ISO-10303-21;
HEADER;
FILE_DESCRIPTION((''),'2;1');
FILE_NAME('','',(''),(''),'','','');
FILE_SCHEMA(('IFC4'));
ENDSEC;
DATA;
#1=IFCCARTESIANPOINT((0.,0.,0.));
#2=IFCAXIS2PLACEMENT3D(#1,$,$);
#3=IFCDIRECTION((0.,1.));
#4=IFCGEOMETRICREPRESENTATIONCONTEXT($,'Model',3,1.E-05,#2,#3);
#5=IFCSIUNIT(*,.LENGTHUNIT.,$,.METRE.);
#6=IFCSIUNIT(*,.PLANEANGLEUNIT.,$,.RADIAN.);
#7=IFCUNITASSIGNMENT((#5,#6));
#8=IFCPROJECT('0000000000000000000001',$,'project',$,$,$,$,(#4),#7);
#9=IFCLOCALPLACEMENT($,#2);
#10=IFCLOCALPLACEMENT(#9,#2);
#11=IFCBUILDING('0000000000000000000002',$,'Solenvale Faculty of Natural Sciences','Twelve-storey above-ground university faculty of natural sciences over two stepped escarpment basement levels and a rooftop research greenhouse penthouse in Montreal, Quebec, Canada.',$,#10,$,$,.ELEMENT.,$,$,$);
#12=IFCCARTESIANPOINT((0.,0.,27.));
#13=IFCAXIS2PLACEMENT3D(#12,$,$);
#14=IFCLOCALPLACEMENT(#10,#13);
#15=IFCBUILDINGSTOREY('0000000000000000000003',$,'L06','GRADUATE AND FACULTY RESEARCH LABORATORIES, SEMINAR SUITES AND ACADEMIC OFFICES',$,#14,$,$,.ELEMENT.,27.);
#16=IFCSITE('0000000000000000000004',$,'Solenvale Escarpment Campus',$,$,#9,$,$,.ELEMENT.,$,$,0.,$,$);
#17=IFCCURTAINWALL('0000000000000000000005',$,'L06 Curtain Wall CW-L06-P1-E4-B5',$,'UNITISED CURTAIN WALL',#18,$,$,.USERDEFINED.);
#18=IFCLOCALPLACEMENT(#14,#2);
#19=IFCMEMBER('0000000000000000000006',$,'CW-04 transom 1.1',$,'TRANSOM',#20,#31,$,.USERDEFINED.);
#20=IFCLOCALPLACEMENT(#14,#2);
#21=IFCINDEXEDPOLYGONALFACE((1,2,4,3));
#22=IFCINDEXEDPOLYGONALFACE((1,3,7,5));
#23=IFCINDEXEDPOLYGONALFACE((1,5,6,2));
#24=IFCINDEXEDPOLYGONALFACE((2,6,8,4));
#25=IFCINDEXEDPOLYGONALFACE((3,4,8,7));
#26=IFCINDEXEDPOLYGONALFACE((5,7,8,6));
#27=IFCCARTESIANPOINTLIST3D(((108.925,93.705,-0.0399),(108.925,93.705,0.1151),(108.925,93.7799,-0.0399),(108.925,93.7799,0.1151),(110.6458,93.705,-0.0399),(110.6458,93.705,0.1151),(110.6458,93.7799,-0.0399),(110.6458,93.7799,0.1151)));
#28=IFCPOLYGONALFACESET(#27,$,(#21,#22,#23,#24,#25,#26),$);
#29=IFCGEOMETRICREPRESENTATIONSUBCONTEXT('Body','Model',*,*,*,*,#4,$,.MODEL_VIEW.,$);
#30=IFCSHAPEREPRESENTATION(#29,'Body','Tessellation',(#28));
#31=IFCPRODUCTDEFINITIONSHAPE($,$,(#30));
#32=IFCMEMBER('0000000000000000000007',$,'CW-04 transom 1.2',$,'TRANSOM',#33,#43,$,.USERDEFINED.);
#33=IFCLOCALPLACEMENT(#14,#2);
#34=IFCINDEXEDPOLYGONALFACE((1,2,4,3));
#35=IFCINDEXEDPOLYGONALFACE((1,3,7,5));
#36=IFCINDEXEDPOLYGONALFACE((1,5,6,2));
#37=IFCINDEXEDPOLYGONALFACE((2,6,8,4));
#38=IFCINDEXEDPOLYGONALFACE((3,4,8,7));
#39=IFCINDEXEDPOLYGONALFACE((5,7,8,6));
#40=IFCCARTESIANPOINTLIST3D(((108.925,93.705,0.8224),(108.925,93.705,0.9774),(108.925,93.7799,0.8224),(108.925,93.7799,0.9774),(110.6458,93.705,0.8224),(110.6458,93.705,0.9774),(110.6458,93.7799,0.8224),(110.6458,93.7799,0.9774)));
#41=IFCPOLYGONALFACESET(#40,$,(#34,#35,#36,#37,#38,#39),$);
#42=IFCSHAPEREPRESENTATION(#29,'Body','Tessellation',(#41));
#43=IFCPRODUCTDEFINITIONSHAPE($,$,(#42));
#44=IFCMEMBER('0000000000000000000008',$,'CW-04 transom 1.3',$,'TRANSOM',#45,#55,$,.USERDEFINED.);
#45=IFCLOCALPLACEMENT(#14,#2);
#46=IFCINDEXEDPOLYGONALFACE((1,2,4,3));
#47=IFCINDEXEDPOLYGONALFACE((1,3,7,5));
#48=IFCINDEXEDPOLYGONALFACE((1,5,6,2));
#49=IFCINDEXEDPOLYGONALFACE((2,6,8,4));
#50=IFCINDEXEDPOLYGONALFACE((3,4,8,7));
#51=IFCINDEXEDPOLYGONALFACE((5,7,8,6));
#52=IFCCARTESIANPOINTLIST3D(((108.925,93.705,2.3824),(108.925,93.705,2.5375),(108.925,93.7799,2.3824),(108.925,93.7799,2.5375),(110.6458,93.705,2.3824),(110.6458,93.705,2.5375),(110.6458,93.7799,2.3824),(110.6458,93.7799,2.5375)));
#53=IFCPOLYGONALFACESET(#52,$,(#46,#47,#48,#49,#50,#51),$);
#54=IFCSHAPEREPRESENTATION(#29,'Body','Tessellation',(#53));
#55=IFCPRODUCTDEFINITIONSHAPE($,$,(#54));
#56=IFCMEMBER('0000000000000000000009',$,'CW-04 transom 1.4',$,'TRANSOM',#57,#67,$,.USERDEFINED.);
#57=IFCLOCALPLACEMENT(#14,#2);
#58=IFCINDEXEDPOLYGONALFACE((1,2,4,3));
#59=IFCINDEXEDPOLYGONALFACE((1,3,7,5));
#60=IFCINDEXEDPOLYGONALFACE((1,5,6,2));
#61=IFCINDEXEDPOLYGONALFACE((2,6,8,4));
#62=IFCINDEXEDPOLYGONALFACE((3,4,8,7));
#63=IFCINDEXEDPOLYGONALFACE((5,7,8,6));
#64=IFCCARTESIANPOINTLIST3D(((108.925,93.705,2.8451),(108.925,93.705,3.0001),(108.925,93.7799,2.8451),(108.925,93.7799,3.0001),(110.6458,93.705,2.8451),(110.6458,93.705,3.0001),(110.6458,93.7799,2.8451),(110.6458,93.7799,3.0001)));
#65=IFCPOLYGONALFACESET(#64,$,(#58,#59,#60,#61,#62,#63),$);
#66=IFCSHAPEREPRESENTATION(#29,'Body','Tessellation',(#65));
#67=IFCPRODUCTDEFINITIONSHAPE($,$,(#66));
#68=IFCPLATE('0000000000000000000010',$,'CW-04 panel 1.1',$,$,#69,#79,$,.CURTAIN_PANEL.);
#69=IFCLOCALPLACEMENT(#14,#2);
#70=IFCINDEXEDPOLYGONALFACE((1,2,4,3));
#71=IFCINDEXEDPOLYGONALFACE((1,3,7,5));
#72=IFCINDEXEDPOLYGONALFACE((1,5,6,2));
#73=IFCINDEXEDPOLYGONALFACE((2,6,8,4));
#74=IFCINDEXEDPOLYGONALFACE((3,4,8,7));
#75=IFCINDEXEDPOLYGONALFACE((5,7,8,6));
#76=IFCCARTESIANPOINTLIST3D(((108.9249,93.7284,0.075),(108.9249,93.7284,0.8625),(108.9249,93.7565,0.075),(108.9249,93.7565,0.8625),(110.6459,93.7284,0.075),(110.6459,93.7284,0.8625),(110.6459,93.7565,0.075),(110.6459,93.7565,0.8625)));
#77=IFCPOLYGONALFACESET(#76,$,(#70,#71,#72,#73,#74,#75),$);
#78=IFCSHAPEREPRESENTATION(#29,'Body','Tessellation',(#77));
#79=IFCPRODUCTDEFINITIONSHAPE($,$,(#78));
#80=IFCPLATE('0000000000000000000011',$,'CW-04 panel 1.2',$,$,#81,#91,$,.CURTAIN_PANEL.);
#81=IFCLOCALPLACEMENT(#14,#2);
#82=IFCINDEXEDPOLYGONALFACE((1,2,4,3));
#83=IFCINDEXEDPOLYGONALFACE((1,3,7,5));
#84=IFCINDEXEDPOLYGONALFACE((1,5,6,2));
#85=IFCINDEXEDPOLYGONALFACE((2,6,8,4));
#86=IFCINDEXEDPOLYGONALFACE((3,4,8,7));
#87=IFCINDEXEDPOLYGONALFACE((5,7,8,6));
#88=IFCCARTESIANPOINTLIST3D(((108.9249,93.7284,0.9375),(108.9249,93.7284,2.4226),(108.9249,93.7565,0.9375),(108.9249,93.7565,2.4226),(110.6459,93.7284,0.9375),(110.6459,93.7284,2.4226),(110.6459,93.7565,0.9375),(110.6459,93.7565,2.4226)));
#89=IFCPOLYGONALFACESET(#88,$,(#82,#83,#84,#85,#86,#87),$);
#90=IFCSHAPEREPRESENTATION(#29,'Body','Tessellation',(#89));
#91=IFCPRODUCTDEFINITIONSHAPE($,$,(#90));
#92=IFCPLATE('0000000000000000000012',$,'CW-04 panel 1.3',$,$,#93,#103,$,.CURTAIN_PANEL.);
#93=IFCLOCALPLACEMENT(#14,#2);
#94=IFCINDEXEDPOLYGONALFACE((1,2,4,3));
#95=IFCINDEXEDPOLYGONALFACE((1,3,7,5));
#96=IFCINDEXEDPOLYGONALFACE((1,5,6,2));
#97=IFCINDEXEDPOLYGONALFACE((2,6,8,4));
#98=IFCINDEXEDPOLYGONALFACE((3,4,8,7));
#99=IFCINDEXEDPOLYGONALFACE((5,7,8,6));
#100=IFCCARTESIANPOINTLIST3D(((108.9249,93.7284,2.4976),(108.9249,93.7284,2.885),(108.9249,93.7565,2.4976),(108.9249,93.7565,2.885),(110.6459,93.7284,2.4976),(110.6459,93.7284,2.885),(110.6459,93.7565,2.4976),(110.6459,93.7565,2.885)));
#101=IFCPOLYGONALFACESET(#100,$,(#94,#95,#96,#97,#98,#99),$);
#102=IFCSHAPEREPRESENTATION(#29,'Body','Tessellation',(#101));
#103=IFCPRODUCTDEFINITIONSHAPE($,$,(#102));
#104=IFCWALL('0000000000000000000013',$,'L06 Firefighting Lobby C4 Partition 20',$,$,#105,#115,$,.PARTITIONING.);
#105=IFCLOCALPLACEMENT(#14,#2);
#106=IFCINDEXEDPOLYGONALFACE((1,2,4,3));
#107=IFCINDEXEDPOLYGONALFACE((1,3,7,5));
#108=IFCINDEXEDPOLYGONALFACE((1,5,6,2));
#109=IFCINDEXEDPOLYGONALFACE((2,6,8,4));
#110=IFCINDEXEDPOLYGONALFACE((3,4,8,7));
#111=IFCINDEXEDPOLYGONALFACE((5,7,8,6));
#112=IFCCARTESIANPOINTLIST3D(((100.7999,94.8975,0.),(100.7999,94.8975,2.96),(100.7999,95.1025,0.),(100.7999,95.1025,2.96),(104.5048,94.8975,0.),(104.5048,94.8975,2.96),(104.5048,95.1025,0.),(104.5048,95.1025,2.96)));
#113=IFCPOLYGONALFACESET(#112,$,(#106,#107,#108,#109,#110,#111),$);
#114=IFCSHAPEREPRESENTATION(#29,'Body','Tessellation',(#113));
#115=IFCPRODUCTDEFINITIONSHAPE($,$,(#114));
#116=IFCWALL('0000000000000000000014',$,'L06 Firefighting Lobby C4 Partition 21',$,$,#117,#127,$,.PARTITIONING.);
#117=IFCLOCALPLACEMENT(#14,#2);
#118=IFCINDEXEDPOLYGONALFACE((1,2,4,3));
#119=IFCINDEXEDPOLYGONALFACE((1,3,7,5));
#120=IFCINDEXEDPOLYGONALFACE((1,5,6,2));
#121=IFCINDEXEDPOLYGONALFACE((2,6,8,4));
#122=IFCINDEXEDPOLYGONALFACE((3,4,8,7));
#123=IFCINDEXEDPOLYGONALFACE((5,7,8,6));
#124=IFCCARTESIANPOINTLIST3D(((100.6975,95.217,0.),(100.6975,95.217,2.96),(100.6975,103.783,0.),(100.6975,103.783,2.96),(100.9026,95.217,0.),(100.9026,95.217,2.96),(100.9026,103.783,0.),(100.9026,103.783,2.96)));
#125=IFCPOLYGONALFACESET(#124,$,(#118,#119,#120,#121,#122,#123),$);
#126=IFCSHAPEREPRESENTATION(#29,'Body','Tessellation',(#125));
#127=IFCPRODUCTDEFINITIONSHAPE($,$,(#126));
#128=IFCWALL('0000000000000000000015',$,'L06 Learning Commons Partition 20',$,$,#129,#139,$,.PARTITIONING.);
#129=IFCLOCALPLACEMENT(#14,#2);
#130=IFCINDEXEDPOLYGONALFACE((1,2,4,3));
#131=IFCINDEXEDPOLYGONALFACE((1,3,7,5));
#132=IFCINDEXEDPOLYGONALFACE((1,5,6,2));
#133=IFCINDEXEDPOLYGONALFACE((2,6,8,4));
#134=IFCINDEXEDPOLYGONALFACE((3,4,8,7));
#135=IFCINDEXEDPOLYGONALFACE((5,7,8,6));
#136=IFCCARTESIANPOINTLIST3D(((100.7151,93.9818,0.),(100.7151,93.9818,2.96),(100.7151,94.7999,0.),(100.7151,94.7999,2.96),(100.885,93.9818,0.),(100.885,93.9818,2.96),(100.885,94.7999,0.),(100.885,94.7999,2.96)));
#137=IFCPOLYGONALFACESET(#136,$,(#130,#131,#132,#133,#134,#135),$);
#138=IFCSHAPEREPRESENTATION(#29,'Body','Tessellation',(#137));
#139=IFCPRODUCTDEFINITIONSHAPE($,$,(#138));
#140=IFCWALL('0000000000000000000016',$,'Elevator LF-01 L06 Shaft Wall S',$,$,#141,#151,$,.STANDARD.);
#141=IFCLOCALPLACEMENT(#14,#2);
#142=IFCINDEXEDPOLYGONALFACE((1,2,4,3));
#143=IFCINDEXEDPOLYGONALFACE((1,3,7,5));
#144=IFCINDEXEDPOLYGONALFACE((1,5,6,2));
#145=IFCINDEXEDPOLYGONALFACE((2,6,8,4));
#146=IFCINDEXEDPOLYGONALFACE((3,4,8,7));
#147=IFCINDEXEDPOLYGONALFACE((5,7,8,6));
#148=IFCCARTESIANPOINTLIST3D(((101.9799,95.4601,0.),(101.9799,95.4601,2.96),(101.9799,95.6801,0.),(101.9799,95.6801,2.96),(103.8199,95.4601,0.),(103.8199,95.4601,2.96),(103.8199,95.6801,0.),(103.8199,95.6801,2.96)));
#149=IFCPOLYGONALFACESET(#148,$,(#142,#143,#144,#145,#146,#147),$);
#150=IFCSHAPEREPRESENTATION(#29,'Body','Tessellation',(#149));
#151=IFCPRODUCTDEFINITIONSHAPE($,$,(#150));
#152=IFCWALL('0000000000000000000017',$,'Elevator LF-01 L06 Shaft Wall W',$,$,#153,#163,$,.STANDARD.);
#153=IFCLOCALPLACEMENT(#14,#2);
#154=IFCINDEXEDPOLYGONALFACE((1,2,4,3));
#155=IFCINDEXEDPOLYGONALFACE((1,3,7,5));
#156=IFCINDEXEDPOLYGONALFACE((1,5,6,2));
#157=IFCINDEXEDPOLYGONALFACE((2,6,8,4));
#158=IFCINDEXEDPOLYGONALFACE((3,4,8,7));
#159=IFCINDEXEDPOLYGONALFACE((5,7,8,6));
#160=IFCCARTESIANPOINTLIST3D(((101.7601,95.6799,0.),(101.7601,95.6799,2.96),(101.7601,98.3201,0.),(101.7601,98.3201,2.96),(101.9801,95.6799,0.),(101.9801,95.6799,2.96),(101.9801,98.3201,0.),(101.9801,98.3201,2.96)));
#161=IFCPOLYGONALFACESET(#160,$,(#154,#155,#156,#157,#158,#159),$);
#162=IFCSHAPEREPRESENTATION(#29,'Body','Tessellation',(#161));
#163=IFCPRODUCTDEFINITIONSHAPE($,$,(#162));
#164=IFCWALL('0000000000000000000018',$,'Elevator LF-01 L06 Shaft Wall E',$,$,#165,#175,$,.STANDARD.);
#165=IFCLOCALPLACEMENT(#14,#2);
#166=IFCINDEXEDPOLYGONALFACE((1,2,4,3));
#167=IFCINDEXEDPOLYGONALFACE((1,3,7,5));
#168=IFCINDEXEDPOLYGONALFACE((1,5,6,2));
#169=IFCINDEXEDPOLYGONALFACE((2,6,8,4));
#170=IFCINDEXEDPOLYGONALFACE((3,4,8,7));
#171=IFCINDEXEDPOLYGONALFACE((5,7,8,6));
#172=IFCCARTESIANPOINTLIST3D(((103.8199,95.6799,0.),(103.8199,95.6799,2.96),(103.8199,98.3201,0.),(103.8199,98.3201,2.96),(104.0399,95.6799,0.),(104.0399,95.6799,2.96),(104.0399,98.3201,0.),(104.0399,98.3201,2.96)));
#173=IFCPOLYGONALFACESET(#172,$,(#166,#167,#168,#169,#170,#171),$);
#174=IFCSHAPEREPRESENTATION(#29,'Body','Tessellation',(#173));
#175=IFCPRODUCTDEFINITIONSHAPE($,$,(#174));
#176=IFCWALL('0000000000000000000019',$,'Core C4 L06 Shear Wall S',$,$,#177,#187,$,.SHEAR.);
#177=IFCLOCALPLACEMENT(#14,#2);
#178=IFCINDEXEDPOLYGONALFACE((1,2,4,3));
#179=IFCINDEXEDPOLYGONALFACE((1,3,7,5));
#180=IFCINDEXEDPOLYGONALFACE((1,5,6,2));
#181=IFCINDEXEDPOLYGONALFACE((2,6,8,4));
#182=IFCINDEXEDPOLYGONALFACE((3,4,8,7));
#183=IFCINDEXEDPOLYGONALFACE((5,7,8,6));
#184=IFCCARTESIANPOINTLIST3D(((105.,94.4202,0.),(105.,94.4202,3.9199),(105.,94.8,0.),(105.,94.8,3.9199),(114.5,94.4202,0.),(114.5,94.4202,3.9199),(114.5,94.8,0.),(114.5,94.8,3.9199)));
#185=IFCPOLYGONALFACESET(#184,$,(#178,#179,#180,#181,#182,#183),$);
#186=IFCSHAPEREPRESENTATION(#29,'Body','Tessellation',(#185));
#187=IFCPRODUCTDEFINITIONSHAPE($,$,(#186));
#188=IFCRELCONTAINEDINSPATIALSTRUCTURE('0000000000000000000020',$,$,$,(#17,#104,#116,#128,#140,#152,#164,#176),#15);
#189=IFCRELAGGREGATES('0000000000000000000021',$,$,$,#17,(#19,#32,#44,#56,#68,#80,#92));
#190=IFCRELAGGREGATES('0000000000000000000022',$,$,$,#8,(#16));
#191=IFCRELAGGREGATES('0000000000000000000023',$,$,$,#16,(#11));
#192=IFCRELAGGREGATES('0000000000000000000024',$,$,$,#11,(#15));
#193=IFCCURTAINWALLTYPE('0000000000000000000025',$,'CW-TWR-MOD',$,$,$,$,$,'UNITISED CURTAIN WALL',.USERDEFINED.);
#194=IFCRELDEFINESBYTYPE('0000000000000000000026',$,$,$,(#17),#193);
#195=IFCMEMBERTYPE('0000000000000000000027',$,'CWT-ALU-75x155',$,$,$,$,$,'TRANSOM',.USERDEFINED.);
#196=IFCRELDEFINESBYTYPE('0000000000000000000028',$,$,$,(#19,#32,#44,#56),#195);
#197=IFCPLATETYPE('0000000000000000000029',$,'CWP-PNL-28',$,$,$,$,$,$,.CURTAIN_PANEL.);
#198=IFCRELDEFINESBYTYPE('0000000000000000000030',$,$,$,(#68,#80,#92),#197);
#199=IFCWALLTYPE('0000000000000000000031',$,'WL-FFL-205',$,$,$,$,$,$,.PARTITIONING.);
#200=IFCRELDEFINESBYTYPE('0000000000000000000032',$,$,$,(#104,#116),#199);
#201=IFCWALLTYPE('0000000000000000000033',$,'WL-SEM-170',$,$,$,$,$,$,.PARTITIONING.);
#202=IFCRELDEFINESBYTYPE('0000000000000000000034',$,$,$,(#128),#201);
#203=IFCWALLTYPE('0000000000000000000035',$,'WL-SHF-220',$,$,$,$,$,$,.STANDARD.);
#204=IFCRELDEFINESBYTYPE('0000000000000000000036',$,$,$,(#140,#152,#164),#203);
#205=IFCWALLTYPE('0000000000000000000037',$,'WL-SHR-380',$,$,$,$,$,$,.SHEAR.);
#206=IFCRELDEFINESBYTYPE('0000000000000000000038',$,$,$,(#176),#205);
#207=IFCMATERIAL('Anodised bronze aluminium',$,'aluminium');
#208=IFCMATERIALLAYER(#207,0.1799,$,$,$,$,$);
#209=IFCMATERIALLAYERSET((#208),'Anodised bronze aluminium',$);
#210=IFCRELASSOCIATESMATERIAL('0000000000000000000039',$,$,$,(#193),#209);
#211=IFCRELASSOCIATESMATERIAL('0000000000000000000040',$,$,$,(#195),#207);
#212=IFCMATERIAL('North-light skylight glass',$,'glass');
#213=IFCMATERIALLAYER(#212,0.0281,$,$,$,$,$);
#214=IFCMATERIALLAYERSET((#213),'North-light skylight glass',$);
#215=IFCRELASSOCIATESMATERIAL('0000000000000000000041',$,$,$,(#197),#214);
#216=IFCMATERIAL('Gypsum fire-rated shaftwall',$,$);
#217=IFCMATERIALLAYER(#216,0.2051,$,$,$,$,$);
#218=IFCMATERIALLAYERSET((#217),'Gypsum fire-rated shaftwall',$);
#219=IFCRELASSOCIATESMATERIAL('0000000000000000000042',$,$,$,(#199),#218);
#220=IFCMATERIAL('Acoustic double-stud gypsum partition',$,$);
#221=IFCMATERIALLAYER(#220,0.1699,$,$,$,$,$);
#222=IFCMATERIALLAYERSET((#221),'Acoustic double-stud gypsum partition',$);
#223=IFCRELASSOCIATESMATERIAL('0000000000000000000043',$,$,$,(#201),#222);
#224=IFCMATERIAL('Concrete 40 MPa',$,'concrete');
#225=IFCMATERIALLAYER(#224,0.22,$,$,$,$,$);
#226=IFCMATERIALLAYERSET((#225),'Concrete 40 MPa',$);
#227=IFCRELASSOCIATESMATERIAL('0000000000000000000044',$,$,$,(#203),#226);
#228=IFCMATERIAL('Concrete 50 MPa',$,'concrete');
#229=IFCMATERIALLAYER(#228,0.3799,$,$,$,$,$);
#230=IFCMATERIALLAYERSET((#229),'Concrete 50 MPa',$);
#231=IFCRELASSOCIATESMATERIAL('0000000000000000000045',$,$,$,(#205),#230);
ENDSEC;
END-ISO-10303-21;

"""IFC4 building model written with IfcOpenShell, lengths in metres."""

from ifc_helpers import new_model, si_unit, direction, frame, frame_2d, origin, origin_2d, place, context, subcontext, project, spatial, rectangle, extrude, material, layer, layer_set, material_profile, profile_set, type_object, element, aggregate, save


model = new_model("IFC4")

# Units and contexts
model_context = context("Model", 3, precision=1e-05, world=origin(), true_north=direction((0.0, 1.0)))
body_context = subcontext(model_context, "Body", "Model", "MODEL_VIEW")
ifc_project = project(units=[si_unit("LENGTHUNIT", "METRE"), si_unit("PLANEANGLEUNIT", "RADIAN")], contexts=[model_context])

# Site, building, storey
site_placement = place(None, origin())
site = spatial("IfcSite", under=ifc_project, at=site_placement, Name="Solenvale Escarpment Campus", CompositionType="ELEMENT", RefElevation=0.0)
building_placement = place(site_placement, origin())
building = spatial("IfcBuilding", under=site, at=building_placement, Name="Solenvale Faculty of Natural Sciences", Description="Twelve-storey above-ground university faculty of natural sciences over two stepped escarpment basement levels and a rooftop research greenhouse penthouse in Montreal, Quebec, Canada.", CompositionType="ELEMENT")
storey_placement = place(building_placement, frame((0.0, 0.0, 27.0)))
storey = spatial("IfcBuildingStorey", under=building, at=storey_placement, Name="L06", Description="GRADUATE AND FACULTY RESEARCH LABORATORIES, SEMINAR SUITES AND ACADEMIC OFFICES", CompositionType="ELEMENT", Elevation=27.0)

# Shared definitions
ifc_material_1 = material(Name="Concrete 40 MPa", Category="concrete")

# Curtain wall, members, plates
ifc_material_2 = material(Name="Anodised bronze aluminium", Category="aluminium")
ifc_layer_1 = layer(ifc_material_2, 0.1799)
ifc_layer_set_1 = layer_set([ifc_layer_1], Name="Anodised bronze aluminium")
curtain_wall_type = type_object("IfcCurtainWallType", Name="CW-TWR-MOD", ElementType="UNITISED CURTAIN WALL", PredefinedType="USERDEFINED", material=ifc_layer_set_1)
curtain_wall_placement = place(storey_placement, origin())
curtain_wall = element("IfcCurtainWall", 1, at=curtain_wall_placement, inside=storey, type_object=curtain_wall_type, Name="L06 Curtain Wall CW-L06-P1-E4-B5", ObjectType="UNITISED CURTAIN WALL", PredefinedType="USERDEFINED")
ifc_material_profile_1 = material_profile(ifc_material_2, rectangle(XDim=0.075, YDim=0.155, at=origin_2d()), Name="ALU-TRN-75x155")
ifc_profile_set_1 = profile_set([ifc_material_profile_1], Name="Anodised bronze aluminium")
member_type = type_object("IfcMemberType", Name="CWT-ALU-75x155", ElementType="TRANSOM", PredefinedType="USERDEFINED", material=ifc_profile_set_1)
member_1_placement = place(storey_placement, frame((108.925, 93.7424, 0.0376), z_axis=(1.0, 0.0, 0.0), x_axis=(0.0, 1.0, 0.0)))
member_1 = element("IfcMember", 2, at=member_1_placement, type_object=member_type, Name="CW-04 transom 1.1", ObjectType="TRANSOM", PredefinedType="USERDEFINED", context=body_context, shape_type="SweptSolid", body=[
    extrude(rectangle(XDim=0.075, YDim=0.155, at=origin_2d()), origin(), (0.0, 0.0, 1.0), 1.7207),
])
member_2_placement = place(storey_placement, frame((108.925, 93.7424, 0.8999), z_axis=(1.0, 0.0, 0.0), x_axis=(0.0, 1.0, 0.0)))
member_2 = element("IfcMember", 3, at=member_2_placement, type_object=member_type, Name="CW-04 transom 1.2", ObjectType="TRANSOM", PredefinedType="USERDEFINED", context=body_context, shape_type="SweptSolid", body=[
    extrude(rectangle(XDim=0.075, YDim=0.155, at=origin_2d()), origin(), (0.0, 0.0, 1.0), 1.7207),
])
member_3_placement = place(storey_placement, frame((108.925, 93.7424, 2.46), z_axis=(1.0, 0.0, 0.0), x_axis=(0.0, 1.0, 0.0)))
member_3 = element("IfcMember", 4, at=member_3_placement, type_object=member_type, Name="CW-04 transom 1.3", ObjectType="TRANSOM", PredefinedType="USERDEFINED", context=body_context, shape_type="SweptSolid", body=[
    extrude(rectangle(XDim=0.075, YDim=0.155, at=origin_2d()), origin(), (0.0, 0.0, 1.0), 1.7207),
])
member_4_placement = place(storey_placement, frame((108.925, 93.7424, 2.9226), z_axis=(1.0, 0.0, 0.0), x_axis=(0.0, 1.0, 0.0)))
member_4 = element("IfcMember", 5, at=member_4_placement, type_object=member_type, Name="CW-04 transom 1.4", ObjectType="TRANSOM", PredefinedType="USERDEFINED", context=body_context, shape_type="SweptSolid", body=[
    extrude(rectangle(XDim=0.075, YDim=0.155, at=origin_2d()), origin(), (0.0, 0.0, 1.0), 1.7207),
])
ifc_material_3 = material(Name="North-light skylight glass", Category="glass")
ifc_layer_2 = layer(ifc_material_3, 0.0281)
ifc_layer_set_2 = layer_set([ifc_layer_2], Name="North-light skylight glass")
plate_type = type_object("IfcPlateType", Name="CWP-PNL-28", PredefinedType="CURTAIN_PANEL", material=ifc_layer_set_2)
plate_1_placement = place(storey_placement, frame((109.7854, 93.7424, 0.075), z_axis=(0.0, 0.0, 1.0), x_axis=(1.0, 0.0, 0.0)))
plate_1 = element("IfcPlate", 6, at=plate_1_placement, type_object=plate_type, Name="CW-04 panel 1.1", PredefinedType="CURTAIN_PANEL", context=body_context, shape_type="SweptSolid", body=[
    extrude(rectangle(XDim=1.7209, YDim=0.0281, at=origin_2d()), origin(), (0.0, 0.0, 1.0), 0.7876),
])
plate_2_placement = place(storey_placement, frame((109.7854, 93.7424, 0.9375), z_axis=(0.0, 0.0, 1.0), x_axis=(1.0, 0.0, 0.0)))
plate_2 = element("IfcPlate", 7, at=plate_2_placement, type_object=plate_type, Name="CW-04 panel 1.2", PredefinedType="CURTAIN_PANEL", context=body_context, shape_type="SweptSolid", body=[
    extrude(rectangle(XDim=1.7209, YDim=0.0281, at=origin_2d()), origin(), (0.0, 0.0, 1.0), 1.4851),
])
plate_3_placement = place(storey_placement, frame((109.7854, 93.7424, 2.4976), z_axis=(0.0, 0.0, 1.0), x_axis=(1.0, 0.0, 0.0)))
plate_3 = element("IfcPlate", 8, at=plate_3_placement, type_object=plate_type, Name="CW-04 panel 1.3", PredefinedType="CURTAIN_PANEL", context=body_context, shape_type="SweptSolid", body=[
    extrude(rectangle(XDim=1.7209, YDim=0.0281, at=origin_2d()), origin(), (0.0, 0.0, 1.0), 0.3875),
])
aggregate(curtain_wall, [member_1, member_2, member_3, member_4, plate_1, plate_2, plate_3])

# Walls
ifc_material_4 = material(Name="Gypsum fire-rated shaftwall")
ifc_layer_3 = layer(ifc_material_4, 0.2051)
ifc_layer_set_3 = layer_set([ifc_layer_3], Name="Gypsum fire-rated shaftwall")
wall_type_1 = type_object("IfcWallType", Name="WL-FFL-205", PredefinedType="PARTITIONING", material=ifc_layer_set_3)
wall_1_placement = place(storey_placement, frame((104.5049, 95.0, 0.0), z_axis=(0.0, 0.0, 1.0), x_axis=(-1.0, 0.0, 0.0)))
element("IfcWall", 9, at=wall_1_placement, inside=storey, type_object=wall_type_1, Name="L06 Firefighting Lobby C4 Partition 20", PredefinedType="PARTITIONING", context=body_context, shape_type="SweptSolid", body=[
    extrude(rectangle(XDim=3.7048, YDim=0.2051, at=frame_2d((1.8525, 0.0))), origin(), (0.0, 0.0, 1.0), 2.96),
])
wall_2_placement = place(storey_placement, frame((100.8, 95.217, 0.0), z_axis=(0.0, 0.0, 1.0), x_axis=(0.0, 1.0, 0.0)))
element("IfcWall", 10, at=wall_2_placement, inside=storey, type_object=wall_type_1, Name="L06 Firefighting Lobby C4 Partition 21", PredefinedType="PARTITIONING", context=body_context, shape_type="SweptSolid", body=[
    extrude(rectangle(XDim=8.5659, YDim=0.2051, at=frame_2d((4.283, 0.0))), origin(), (0.0, 0.0, 1.0), 2.96),
])
ifc_material_5 = material(Name="Acoustic double-stud gypsum partition")
ifc_layer_4 = layer(ifc_material_5, 0.1699)
ifc_layer_set_4 = layer_set([ifc_layer_4], Name="Acoustic double-stud gypsum partition")
wall_type_2 = type_object("IfcWallType", Name="WL-SEM-170", PredefinedType="PARTITIONING", material=ifc_layer_set_4)
wall_3_placement = place(storey_placement, frame((100.8, 94.8, 0.0), z_axis=(0.0, 0.0, 1.0), x_axis=(0.0, -1.0, 0.0)))
element("IfcWall", 11, at=wall_3_placement, inside=storey, type_object=wall_type_2, Name="L06 Learning Commons Partition 20", PredefinedType="PARTITIONING", context=body_context, shape_type="SweptSolid", body=[
    extrude(rectangle(XDim=0.8181, YDim=0.1699, at=frame_2d((0.4092, 0.0))), origin(), (0.0, 0.0, 1.0), 2.96),
])
ifc_layer_5 = layer(ifc_material_1, 0.22)
ifc_layer_set_5 = layer_set([ifc_layer_5], Name="Concrete 40 MPa")
wall_type_3 = type_object("IfcWallType", Name="WL-SHF-220", PredefinedType="STANDARD", material=ifc_layer_set_5)
wall_4_placement = place(storey_placement, frame((101.98, 95.5701, 0.0), z_axis=(0.0, 0.0, 1.0), x_axis=(1.0, 0.0, 0.0)))
element("IfcWall", 12, at=wall_4_placement, inside=storey, type_object=wall_type_3, Name="Elevator LF-01 L06 Shaft Wall S", PredefinedType="STANDARD", context=body_context, shape_type="SweptSolid", body=[
    extrude(rectangle(XDim=1.8401, YDim=0.22, at=frame_2d((0.9199, 0.0))), origin(), (0.0, 0.0, 1.0), 2.96),
])

# Walls
for number, where, z_axis, x_axis, name in (
    (13, (101.8701, 95.6799, 0.0), (0.0, 0.0, 1.0), (0.0, 1.0, 0.0), "Elevator LF-01 L06 Shaft Wall W"),
    (14, (103.9299, 95.6799, 0.0), (0.0, 0.0, 1.0), (0.0, 1.0, 0.0), "Elevator LF-01 L06 Shaft Wall E"),
):
    element("IfcWall", number, at=place(storey_placement, frame(where, z_axis=z_axis, x_axis=x_axis)), inside=storey, type_object=wall_type_3, Name=name, PredefinedType="STANDARD", context=body_context, shape_type="SweptSolid", body=[
        extrude(rectangle(XDim=2.6401, YDim=0.22, at=frame_2d((1.3201, 0.0))), origin(), (0.0, 0.0, 1.0), 2.96),
    ])
ifc_material_6 = material(Name="Concrete 50 MPa", Category="concrete")
ifc_layer_6 = layer(ifc_material_6, 0.3799)
ifc_layer_set_6 = layer_set([ifc_layer_6], Name="Concrete 50 MPa")
wall_type_4 = type_object("IfcWallType", Name="WL-SHR-380", PredefinedType="SHEAR", material=ifc_layer_set_6)
for number, where, z_axis, x_axis, name in (
    (15, (105.0, 94.6101, 0.0), (0.0, 0.0, 1.0), (1.0, 0.0, 0.0), "Core C4 L06 Shear Wall S"),
):
    element("IfcWall", number, at=place(storey_placement, frame(where, z_axis=z_axis, x_axis=x_axis)), inside=storey, type_object=wall_type_4, Name=name, PredefinedType="SHEAR", context=body_context, shape_type="SweptSolid", body=[
        extrude(rectangle(XDim=9.5, YDim=0.3799, at=frame_2d((4.75, 0.0))), origin(), (0.0, 0.0, 1.0), 3.9199),
    ])

save(model, "model.ifc")
